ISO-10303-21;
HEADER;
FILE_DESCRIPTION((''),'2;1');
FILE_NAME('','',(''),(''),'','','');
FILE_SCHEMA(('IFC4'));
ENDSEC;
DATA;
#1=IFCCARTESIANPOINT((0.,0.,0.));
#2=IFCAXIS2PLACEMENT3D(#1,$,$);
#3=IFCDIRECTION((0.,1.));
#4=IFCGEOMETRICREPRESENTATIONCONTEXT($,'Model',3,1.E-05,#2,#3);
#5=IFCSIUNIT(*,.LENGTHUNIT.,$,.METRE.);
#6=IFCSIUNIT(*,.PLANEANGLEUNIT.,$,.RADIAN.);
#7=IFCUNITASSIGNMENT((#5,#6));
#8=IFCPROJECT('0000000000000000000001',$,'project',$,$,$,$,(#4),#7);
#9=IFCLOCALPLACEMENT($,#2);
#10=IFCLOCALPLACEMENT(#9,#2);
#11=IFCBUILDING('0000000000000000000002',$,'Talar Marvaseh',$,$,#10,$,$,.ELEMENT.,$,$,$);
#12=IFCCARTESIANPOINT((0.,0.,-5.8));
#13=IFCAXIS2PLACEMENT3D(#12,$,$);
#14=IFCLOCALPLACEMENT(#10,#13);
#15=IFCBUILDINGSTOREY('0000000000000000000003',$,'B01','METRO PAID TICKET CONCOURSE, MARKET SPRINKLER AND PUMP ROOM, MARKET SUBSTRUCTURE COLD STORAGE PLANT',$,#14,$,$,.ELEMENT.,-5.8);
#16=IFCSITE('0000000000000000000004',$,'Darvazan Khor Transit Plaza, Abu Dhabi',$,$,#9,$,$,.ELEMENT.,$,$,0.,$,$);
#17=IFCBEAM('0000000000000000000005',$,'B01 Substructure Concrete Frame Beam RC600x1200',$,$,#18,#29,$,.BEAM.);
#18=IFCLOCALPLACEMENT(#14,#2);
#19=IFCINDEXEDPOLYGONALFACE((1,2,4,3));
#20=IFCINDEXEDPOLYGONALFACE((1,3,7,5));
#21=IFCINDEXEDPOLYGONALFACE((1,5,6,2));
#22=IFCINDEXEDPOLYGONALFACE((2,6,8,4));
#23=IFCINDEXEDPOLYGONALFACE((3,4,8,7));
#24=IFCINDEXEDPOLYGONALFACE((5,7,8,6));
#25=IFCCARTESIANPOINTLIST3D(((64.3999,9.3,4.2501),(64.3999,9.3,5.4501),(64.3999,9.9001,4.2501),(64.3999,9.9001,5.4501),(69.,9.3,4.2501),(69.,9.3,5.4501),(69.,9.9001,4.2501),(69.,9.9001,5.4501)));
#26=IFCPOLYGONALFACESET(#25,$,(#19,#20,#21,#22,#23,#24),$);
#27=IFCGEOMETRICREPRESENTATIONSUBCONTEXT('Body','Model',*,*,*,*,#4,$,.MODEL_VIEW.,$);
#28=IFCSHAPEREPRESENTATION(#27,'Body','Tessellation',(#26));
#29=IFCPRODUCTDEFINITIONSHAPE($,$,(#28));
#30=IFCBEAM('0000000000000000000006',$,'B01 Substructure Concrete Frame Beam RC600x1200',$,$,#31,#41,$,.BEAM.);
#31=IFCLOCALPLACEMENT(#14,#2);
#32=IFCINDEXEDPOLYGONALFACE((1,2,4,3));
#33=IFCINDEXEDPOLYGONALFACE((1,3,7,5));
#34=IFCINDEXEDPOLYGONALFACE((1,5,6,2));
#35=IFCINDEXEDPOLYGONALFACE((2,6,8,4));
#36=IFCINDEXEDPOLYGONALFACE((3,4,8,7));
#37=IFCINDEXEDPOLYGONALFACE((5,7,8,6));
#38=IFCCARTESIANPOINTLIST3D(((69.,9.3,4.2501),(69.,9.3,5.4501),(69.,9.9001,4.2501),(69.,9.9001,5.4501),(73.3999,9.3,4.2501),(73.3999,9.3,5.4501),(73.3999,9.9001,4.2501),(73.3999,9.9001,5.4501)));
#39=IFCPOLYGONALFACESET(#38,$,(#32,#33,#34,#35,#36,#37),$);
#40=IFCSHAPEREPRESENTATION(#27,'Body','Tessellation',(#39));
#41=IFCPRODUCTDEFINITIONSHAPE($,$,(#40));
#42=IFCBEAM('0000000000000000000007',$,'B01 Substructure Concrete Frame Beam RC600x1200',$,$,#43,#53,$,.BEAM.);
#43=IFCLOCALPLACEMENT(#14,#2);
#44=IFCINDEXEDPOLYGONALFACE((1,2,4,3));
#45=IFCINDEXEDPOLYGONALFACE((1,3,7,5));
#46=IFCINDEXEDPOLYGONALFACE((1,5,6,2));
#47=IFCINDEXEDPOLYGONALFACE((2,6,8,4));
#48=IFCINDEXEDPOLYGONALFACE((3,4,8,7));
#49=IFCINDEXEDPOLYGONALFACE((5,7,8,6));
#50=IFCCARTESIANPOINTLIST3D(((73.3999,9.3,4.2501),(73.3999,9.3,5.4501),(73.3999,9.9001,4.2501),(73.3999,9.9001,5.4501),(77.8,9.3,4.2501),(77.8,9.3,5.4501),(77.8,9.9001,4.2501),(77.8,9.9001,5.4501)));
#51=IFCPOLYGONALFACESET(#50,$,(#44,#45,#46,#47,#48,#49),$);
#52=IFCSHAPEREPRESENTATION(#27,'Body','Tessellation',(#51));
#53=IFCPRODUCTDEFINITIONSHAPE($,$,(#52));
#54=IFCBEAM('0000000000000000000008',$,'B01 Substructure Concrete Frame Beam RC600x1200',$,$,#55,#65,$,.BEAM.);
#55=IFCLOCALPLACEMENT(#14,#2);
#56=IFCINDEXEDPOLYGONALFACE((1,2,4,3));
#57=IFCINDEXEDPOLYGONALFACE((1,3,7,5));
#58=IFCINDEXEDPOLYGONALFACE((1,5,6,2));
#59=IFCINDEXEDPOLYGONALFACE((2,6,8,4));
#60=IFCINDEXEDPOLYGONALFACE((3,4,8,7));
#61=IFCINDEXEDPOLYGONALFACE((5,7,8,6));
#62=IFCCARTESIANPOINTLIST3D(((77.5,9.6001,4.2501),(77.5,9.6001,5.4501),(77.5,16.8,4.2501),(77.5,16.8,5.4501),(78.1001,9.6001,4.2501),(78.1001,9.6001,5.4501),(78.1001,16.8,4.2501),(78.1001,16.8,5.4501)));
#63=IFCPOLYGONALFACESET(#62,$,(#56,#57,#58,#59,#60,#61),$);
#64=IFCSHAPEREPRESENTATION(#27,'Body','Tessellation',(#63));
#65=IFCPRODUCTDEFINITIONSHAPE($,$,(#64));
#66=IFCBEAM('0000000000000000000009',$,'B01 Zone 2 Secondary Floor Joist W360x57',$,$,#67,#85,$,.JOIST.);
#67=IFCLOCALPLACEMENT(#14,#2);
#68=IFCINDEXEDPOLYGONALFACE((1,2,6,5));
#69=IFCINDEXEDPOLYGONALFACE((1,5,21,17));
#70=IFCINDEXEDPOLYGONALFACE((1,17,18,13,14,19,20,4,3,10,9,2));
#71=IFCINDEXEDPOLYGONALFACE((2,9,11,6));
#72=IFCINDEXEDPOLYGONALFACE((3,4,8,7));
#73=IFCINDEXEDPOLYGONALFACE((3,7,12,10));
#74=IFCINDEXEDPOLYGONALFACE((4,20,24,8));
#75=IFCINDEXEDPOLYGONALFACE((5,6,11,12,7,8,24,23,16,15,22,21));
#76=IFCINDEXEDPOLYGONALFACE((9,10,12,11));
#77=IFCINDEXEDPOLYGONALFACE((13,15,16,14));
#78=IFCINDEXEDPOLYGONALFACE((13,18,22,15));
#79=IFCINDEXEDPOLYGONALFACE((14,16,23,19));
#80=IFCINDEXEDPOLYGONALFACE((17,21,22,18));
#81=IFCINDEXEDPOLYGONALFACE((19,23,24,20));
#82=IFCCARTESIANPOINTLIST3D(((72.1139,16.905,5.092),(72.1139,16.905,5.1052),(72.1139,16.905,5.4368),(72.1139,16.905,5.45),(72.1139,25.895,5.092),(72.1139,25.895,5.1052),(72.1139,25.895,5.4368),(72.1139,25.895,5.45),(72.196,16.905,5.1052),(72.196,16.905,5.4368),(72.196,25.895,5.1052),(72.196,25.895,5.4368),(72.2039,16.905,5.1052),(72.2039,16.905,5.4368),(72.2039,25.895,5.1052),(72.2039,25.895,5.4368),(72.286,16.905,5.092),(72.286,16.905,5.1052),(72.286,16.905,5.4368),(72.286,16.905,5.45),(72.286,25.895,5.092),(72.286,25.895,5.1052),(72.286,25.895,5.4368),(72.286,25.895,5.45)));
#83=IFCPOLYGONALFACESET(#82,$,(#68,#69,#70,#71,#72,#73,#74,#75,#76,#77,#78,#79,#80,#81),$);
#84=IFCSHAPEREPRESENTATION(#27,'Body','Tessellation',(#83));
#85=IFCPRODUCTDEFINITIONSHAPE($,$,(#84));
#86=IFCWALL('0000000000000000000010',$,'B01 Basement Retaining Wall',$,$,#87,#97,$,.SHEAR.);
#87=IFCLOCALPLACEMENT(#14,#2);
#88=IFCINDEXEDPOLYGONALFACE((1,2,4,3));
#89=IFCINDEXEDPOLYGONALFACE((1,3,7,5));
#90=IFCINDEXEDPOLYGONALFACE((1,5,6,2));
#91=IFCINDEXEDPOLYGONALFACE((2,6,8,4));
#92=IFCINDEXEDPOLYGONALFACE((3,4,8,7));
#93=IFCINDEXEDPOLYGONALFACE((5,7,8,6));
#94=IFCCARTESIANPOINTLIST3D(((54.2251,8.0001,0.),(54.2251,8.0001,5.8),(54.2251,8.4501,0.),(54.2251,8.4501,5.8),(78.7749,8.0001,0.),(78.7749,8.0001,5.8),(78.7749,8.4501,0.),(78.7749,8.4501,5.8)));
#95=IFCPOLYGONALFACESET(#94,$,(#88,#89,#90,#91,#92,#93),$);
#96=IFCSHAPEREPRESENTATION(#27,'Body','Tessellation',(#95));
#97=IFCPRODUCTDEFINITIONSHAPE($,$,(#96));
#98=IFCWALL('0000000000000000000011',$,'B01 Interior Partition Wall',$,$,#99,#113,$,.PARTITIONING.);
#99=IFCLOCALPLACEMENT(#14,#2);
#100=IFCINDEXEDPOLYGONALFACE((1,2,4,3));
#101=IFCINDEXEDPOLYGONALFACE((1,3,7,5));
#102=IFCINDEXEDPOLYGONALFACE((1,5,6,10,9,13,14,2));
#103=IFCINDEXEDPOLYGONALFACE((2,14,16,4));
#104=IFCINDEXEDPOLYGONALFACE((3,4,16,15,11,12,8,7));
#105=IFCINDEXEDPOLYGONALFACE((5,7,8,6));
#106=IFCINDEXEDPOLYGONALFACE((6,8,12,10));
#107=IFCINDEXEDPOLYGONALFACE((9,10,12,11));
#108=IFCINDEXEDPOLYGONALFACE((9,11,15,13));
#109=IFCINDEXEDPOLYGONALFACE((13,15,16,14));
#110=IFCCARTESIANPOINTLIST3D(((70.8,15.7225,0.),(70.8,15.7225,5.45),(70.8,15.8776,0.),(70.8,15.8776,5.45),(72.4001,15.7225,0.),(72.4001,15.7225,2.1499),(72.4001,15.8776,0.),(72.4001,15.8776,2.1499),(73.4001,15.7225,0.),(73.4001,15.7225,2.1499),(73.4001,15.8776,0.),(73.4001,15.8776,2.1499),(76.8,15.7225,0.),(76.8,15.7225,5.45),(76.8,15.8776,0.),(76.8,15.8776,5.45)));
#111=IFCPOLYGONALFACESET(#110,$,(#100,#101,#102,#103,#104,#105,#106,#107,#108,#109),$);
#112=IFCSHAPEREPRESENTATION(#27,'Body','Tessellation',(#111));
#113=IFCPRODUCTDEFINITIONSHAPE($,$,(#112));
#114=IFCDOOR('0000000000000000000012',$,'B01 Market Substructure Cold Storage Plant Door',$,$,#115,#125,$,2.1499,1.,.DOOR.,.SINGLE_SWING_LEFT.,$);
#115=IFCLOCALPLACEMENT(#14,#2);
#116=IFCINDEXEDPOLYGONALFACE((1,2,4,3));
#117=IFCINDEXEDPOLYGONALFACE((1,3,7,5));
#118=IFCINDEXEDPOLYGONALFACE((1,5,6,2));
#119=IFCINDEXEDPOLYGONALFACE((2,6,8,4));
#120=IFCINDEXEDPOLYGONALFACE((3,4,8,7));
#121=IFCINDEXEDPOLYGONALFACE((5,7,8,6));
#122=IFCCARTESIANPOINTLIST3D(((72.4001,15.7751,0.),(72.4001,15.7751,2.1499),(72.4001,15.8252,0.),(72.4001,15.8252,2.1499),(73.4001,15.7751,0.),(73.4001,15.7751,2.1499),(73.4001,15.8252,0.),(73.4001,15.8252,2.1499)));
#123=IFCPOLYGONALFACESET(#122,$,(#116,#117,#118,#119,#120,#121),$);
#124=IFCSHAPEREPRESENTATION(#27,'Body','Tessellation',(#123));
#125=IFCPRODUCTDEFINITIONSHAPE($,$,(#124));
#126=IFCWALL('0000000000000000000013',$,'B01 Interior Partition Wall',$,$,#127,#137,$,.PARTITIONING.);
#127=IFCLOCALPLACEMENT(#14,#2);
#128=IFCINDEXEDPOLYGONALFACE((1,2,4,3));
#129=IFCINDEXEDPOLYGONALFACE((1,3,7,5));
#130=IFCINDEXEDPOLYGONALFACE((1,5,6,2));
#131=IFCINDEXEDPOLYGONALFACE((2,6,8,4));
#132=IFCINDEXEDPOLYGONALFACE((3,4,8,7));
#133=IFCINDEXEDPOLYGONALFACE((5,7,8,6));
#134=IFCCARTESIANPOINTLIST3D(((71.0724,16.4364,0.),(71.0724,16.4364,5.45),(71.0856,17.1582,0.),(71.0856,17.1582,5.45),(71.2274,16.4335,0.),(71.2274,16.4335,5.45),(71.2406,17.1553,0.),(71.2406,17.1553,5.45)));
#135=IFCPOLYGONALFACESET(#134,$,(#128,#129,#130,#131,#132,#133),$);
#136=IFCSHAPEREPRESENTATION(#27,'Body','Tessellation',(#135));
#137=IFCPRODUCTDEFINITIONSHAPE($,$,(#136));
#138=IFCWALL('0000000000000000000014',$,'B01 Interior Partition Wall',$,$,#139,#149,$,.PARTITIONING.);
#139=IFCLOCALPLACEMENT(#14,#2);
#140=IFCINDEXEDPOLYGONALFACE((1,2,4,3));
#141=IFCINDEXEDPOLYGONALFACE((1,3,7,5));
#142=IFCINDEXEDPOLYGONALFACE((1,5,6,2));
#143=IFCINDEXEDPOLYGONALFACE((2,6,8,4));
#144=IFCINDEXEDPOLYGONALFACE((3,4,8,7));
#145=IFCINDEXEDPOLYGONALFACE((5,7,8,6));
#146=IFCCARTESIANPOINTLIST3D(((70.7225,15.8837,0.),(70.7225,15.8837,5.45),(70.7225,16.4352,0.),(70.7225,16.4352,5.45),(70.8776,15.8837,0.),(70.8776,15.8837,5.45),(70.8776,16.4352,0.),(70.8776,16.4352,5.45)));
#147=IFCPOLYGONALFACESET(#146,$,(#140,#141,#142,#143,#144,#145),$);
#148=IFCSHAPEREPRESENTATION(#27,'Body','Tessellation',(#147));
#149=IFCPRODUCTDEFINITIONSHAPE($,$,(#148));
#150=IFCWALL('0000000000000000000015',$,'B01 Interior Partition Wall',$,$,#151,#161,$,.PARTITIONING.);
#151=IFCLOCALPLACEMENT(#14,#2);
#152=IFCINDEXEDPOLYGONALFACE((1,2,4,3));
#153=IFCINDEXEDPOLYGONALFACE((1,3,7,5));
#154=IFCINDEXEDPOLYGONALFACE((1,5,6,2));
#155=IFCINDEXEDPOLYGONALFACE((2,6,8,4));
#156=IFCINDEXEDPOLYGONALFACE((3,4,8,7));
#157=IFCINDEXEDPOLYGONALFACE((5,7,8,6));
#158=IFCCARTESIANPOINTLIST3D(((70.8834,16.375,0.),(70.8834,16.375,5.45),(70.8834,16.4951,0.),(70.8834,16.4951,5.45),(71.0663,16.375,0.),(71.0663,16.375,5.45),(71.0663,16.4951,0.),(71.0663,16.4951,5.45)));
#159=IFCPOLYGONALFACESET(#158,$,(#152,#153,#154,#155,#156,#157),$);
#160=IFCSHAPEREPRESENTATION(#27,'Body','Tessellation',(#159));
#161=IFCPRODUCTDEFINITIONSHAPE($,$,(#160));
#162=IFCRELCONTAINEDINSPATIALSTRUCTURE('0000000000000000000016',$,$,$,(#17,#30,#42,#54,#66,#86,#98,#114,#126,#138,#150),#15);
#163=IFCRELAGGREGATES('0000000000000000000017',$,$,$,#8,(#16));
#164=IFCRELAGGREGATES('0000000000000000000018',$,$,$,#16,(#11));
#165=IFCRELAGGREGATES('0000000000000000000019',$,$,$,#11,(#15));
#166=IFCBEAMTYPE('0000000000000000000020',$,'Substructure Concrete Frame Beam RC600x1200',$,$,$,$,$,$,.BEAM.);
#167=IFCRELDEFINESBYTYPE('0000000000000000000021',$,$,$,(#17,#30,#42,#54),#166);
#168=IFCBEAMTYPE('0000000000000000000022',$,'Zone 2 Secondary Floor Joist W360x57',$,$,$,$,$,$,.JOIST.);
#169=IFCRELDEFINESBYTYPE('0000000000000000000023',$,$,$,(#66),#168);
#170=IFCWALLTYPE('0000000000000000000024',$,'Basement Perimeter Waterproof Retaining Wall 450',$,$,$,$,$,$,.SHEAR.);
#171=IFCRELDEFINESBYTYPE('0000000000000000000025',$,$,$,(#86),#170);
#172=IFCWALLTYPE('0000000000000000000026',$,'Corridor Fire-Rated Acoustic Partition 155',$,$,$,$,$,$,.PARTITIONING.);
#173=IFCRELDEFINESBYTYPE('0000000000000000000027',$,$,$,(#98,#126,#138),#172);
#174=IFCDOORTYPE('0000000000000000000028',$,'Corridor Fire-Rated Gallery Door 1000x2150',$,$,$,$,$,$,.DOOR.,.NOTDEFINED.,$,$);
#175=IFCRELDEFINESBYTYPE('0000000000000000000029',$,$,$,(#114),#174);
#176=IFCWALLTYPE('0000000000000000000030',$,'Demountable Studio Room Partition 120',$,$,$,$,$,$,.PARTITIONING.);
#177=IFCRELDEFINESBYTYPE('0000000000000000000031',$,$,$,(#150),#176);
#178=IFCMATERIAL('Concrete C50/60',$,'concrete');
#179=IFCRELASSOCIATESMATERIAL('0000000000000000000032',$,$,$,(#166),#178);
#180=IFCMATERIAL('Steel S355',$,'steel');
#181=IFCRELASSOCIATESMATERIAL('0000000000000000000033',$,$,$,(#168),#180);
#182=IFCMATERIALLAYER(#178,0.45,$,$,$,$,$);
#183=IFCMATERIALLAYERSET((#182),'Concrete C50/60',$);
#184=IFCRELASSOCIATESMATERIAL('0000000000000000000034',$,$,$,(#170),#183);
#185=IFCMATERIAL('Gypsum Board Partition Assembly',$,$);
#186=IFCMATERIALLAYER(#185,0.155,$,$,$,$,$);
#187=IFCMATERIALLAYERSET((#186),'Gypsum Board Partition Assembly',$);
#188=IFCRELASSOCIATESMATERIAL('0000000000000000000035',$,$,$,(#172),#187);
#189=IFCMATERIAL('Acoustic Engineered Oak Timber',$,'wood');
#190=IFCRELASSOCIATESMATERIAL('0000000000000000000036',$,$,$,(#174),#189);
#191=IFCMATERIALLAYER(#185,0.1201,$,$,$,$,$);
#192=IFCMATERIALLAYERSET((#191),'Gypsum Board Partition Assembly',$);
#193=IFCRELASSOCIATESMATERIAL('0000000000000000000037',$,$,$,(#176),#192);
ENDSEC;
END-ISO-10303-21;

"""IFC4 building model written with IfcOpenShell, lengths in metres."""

from ifc_helpers import new_model, si_unit, direction, frame, frame_2d, origin, origin_2d, place, context, subcontext, project, spatial, rectangle, i_section, extrude, source, transform, mapped, material, layer, layer_set, material_profile, profile_set, type_object, type_shapes, element, fill, save


model = new_model("IFC4")

# Units and contexts
model_context = context("Model", 3, precision=1e-05, world=origin(), true_north=direction((0.0, 1.0)))
body_context = subcontext(model_context, "Body", "Model", "MODEL_VIEW")
ifc_project = project(units=[si_unit("LENGTHUNIT", "METRE"), si_unit("PLANEANGLEUNIT", "RADIAN")], contexts=[model_context])

# Site, building, storey
site_placement = place(None, origin())
site = spatial("IfcSite", under=ifc_project, at=site_placement, Name="Darvazan Khor Transit Plaza, Abu Dhabi", CompositionType="ELEMENT", RefElevation=0.0)
building_placement = place(site_placement, origin())
building = spatial("IfcBuilding", under=site, at=building_placement, Name="Talar Marvaseh", CompositionType="ELEMENT")
storey_placement = place(building_placement, frame((0.0, 0.0, -5.8)))
storey = spatial("IfcBuildingStorey", under=building, at=storey_placement, Name="B01", Description="METRO PAID TICKET CONCOURSE, MARKET SPRINKLER AND PUMP ROOM, MARKET SUBSTRUCTURE COLD STORAGE PLANT", CompositionType="ELEMENT", Elevation=-5.8)

# Beams
ifc_material_1 = material(Name="Steel S355", Category="steel")
ifc_material_2 = material(Name="Concrete C50/60", Category="concrete")
ifc_material_profile_1 = material_profile(ifc_material_2, rectangle(XDim=0.6001, YDim=1.2, at=origin_2d()), Name="RC600x1200")
ifc_profile_set_1 = profile_set([ifc_material_profile_1], Name="Concrete C50/60")
beam_type_1 = type_object("IfcBeamType", Name="Substructure Concrete Frame Beam RC600x1200", PredefinedType="BEAM", material=ifc_profile_set_1)
beam_1_placement = place(storey_placement, frame((64.3999, 9.6001, 4.8501), z_axis=(1.0, 0.0, 0.0), x_axis=(0.0, 1.0, 0.0)))
element("IfcBeam", 1, at=beam_1_placement, inside=storey, type_object=beam_type_1, Name="B01 Substructure Concrete Frame Beam RC600x1200", PredefinedType="BEAM", context=body_context, shape_type="SweptSolid", body=[
    extrude(rectangle(XDim=0.6001, YDim=1.2, at=origin_2d()), origin(), (0.0, 0.0, 1.0), 4.6001),
])
beam_2_placement = place(storey_placement, frame((69.0, 9.6001, 4.8501), z_axis=(1.0, 0.0, 0.0), x_axis=(0.0, 1.0, 0.0)))
element("IfcBeam", 2, at=beam_2_placement, inside=storey, type_object=beam_type_1, Name="B01 Substructure Concrete Frame Beam RC600x1200", PredefinedType="BEAM", context=body_context, shape_type="SweptSolid", body=[
    extrude(rectangle(XDim=0.6001, YDim=1.2, at=origin_2d()), origin(), (0.0, 0.0, 1.0), 4.3999),
])
beam_3_placement = place(storey_placement, frame((73.3999, 9.6001, 4.8501), z_axis=(1.0, 0.0, 0.0), x_axis=(0.0, 1.0, 0.0)))
element("IfcBeam", 3, at=beam_3_placement, inside=storey, type_object=beam_type_1, Name="B01 Substructure Concrete Frame Beam RC600x1200", PredefinedType="BEAM", context=body_context, shape_type="SweptSolid", body=[
    extrude(rectangle(XDim=0.6001, YDim=1.2, at=origin_2d()), origin(), (0.0, 0.0, 1.0), 4.4001),
])
beam_4_placement = place(storey_placement, frame((77.8, 9.6001, 4.8501), z_axis=(0.0, 1.0, 0.0), x_axis=(-1.0, 0.0, 0.0)))
element("IfcBeam", 4, at=beam_4_placement, inside=storey, type_object=beam_type_1, Name="B01 Substructure Concrete Frame Beam RC600x1200", PredefinedType="BEAM", context=body_context, shape_type="SweptSolid", body=[
    extrude(rectangle(XDim=0.6001, YDim=1.2, at=origin_2d()), origin(), (0.0, 0.0, 1.0), 7.2),
])
ifc_material_profile_2 = material_profile(ifc_material_1, i_section(OverallWidth=0.1721, OverallDepth=0.3579, WebThickness=0.0078, FlangeThickness=0.0132, at=origin_2d()), Name="W360x57")
ifc_profile_set_2 = profile_set([ifc_material_profile_2], Name="Steel S355")
beam_type_2 = type_object("IfcBeamType", Name="Zone 2 Secondary Floor Joist W360x57", PredefinedType="JOIST", material=ifc_profile_set_2)
beam_5_placement = place(storey_placement, frame((72.2, 16.905, 5.271), z_axis=(0.0, 1.0, 0.0), x_axis=(-1.0, 0.0, 0.0)))
element("IfcBeam", 5, at=beam_5_placement, inside=storey, type_object=beam_type_2, Name="B01 Zone 2 Secondary Floor Joist W360x57", PredefinedType="JOIST", context=body_context, shape_type="SweptSolid", body=[
    extrude(i_section(OverallWidth=0.1721, OverallDepth=0.3579, WebThickness=0.0078, FlangeThickness=0.0132, at=origin_2d()), origin(), (0.0, 0.0, 1.0), 8.99),
])

# Wall
ifc_layer_1 = layer(ifc_material_2, 0.45)
ifc_layer_set_1 = layer_set([ifc_layer_1], Name="Concrete C50/60")
wall_type_1 = type_object("IfcWallType", Name="Basement Perimeter Waterproof Retaining Wall 450", PredefinedType="SHEAR", material=ifc_layer_set_1)
wall_1_placement = place(storey_placement, frame((78.7749, 8.2251, 0.0), z_axis=(0.0, 0.0, 1.0), x_axis=(-1.0, 0.0, 0.0)))
element("IfcWall", 6, at=wall_1_placement, inside=storey, type_object=wall_type_1, Name="B01 Basement Retaining Wall", PredefinedType="SHEAR", context=body_context, shape_type="SweptSolid", body=[
    extrude(rectangle(XDim=24.5498, YDim=0.45, at=frame_2d((12.2749, 0.0))), origin(), (0.0, 0.0, 1.0), 5.8),
])

# Wall, opening, door
ifc_material_3 = material(Name="Gypsum Board Partition Assembly")
ifc_layer_2 = layer(ifc_material_3, 0.155)
ifc_layer_set_2 = layer_set([ifc_layer_2], Name="Gypsum Board Partition Assembly")
wall_type_2 = type_object("IfcWallType", Name="Corridor Fire-Rated Acoustic Partition 155", PredefinedType="PARTITIONING", material=ifc_layer_set_2)
wall_2_placement = place(storey_placement, frame((76.8, 15.8, 0.0), z_axis=(0.0, 0.0, 1.0), x_axis=(-1.0, 0.0, 0.0)))
wall_2 = element("IfcWall", 7, at=wall_2_placement, inside=storey, type_object=wall_type_2, Name="B01 Interior Partition Wall", PredefinedType="PARTITIONING", context=body_context, shape_type="SweptSolid", body=[
    extrude(rectangle(XDim=6.0, YDim=0.155, at=frame_2d((3.0, 0.0))), origin(), (0.0, 0.0, 1.0), 5.45),
])
opening_placement = place(wall_2_placement, frame((3.3999, 0.0, 0.0)))
opening = element("IfcOpeningElement", 8, at=opening_placement, cuts=wall_2, PredefinedType="OPENING", context=body_context, shape_type="SweptSolid", body=[
    extrude(rectangle(XDim=1.0, YDim=2.1499, at=frame_2d((0.5, 1.075))), frame((0.0, 0.0874, 0.0), z_axis=(0.0, -1.0, 0.0), x_axis=(1.0, 0.0, 0.0)), (0.0, 0.0, 1.0), 0.175),
])
ifc_material_4 = material(Name="Acoustic Engineered Oak Timber", Category="wood")
door_type = type_object("IfcDoorType", Name="Corridor Fire-Rated Gallery Door 1000x2150", OperationType="NOTDEFINED", PredefinedType="DOOR", material=ifc_material_4)
shared_shape = source(origin(), body_context, "Body", "SweptSolid", [
    extrude(rectangle(XDim=1.0, YDim=2.1499, at=frame_2d((0.5, 1.075))), frame((0.0, 0.0249, 0.0), z_axis=(0.0, -1.0, 0.0), x_axis=(1.0, 0.0, 0.0)), (0.0, 0.0, 1.0), 0.05),
])
type_shapes(door_type, [shared_shape])
door_placement = place(opening_placement, origin())
door = element("IfcDoor", 9, at=door_placement, inside=storey, type_object=door_type, Name="B01 Market Substructure Cold Storage Plant Door", OperationType="SINGLE_SWING_LEFT", OverallHeight=2.1499, OverallWidth=1.0, PredefinedType="DOOR", context=body_context, shape_type="MappedRepresentation", body=[
    mapped(shared_shape, transform((0.0, 0.0, 0.0), x_axis=(1.0, 0.0, 0.0), y_axis=(0.0, 1.0, 0.0), z_axis=(0.0, 0.0, 1.0), scale=1.0)),
])
fill(opening, door)

# Walls
wall_3_placement = place(storey_placement, frame((71.1499, 16.4351, 0.0), z_axis=(0.0, 0.0, 1.0), x_axis=(0.018259, 0.999833, 0.0)))
element("IfcWall", 10, at=wall_3_placement, inside=storey, type_object=wall_type_2, Name="B01 Interior Partition Wall", PredefinedType="PARTITIONING", context=body_context, shape_type="SweptSolid", body=[
    extrude(rectangle(XDim=0.7219, YDim=0.155, at=frame_2d((0.3608, 0.0))), origin(), (0.0, 0.0, 1.0), 5.45),
])
wall_4_placement = place(storey_placement, frame((70.8, 15.8835, 0.0), z_axis=(0.0, 0.0, 1.0), x_axis=(0.0, 1.0, 0.0)))
element("IfcWall", 11, at=wall_4_placement, inside=storey, type_object=wall_type_2, Name="B01 Interior Partition Wall", PredefinedType="PARTITIONING", context=body_context, shape_type="SweptSolid", body=[
    extrude(rectangle(XDim=0.5515, YDim=0.155, at=frame_2d((0.2759, 0.0))), origin(), (0.0, 0.0, 1.0), 5.45),
])
ifc_layer_3 = layer(ifc_material_3, 0.1201)
ifc_layer_set_3 = layer_set([ifc_layer_3], Name="Gypsum Board Partition Assembly")
wall_type_3 = type_object("IfcWallType", Name="Demountable Studio Room Partition 120", PredefinedType="PARTITIONING", material=ifc_layer_set_3)
wall_5_placement = place(storey_placement, frame((70.8835, 16.4351, 0.0), z_axis=(0.0, 0.0, 1.0), x_axis=(1.0, 0.0, 0.0)))
element("IfcWall", 12, at=wall_5_placement, inside=storey, type_object=wall_type_3, Name="B01 Interior Partition Wall", PredefinedType="PARTITIONING", context=body_context, shape_type="SweptSolid", body=[
    extrude(rectangle(XDim=0.1829, YDim=0.1201, at=frame_2d((0.0913, 0.0))), origin(), (0.0, 0.0, 1.0), 5.45),
])

save(model, "model.ifc")
